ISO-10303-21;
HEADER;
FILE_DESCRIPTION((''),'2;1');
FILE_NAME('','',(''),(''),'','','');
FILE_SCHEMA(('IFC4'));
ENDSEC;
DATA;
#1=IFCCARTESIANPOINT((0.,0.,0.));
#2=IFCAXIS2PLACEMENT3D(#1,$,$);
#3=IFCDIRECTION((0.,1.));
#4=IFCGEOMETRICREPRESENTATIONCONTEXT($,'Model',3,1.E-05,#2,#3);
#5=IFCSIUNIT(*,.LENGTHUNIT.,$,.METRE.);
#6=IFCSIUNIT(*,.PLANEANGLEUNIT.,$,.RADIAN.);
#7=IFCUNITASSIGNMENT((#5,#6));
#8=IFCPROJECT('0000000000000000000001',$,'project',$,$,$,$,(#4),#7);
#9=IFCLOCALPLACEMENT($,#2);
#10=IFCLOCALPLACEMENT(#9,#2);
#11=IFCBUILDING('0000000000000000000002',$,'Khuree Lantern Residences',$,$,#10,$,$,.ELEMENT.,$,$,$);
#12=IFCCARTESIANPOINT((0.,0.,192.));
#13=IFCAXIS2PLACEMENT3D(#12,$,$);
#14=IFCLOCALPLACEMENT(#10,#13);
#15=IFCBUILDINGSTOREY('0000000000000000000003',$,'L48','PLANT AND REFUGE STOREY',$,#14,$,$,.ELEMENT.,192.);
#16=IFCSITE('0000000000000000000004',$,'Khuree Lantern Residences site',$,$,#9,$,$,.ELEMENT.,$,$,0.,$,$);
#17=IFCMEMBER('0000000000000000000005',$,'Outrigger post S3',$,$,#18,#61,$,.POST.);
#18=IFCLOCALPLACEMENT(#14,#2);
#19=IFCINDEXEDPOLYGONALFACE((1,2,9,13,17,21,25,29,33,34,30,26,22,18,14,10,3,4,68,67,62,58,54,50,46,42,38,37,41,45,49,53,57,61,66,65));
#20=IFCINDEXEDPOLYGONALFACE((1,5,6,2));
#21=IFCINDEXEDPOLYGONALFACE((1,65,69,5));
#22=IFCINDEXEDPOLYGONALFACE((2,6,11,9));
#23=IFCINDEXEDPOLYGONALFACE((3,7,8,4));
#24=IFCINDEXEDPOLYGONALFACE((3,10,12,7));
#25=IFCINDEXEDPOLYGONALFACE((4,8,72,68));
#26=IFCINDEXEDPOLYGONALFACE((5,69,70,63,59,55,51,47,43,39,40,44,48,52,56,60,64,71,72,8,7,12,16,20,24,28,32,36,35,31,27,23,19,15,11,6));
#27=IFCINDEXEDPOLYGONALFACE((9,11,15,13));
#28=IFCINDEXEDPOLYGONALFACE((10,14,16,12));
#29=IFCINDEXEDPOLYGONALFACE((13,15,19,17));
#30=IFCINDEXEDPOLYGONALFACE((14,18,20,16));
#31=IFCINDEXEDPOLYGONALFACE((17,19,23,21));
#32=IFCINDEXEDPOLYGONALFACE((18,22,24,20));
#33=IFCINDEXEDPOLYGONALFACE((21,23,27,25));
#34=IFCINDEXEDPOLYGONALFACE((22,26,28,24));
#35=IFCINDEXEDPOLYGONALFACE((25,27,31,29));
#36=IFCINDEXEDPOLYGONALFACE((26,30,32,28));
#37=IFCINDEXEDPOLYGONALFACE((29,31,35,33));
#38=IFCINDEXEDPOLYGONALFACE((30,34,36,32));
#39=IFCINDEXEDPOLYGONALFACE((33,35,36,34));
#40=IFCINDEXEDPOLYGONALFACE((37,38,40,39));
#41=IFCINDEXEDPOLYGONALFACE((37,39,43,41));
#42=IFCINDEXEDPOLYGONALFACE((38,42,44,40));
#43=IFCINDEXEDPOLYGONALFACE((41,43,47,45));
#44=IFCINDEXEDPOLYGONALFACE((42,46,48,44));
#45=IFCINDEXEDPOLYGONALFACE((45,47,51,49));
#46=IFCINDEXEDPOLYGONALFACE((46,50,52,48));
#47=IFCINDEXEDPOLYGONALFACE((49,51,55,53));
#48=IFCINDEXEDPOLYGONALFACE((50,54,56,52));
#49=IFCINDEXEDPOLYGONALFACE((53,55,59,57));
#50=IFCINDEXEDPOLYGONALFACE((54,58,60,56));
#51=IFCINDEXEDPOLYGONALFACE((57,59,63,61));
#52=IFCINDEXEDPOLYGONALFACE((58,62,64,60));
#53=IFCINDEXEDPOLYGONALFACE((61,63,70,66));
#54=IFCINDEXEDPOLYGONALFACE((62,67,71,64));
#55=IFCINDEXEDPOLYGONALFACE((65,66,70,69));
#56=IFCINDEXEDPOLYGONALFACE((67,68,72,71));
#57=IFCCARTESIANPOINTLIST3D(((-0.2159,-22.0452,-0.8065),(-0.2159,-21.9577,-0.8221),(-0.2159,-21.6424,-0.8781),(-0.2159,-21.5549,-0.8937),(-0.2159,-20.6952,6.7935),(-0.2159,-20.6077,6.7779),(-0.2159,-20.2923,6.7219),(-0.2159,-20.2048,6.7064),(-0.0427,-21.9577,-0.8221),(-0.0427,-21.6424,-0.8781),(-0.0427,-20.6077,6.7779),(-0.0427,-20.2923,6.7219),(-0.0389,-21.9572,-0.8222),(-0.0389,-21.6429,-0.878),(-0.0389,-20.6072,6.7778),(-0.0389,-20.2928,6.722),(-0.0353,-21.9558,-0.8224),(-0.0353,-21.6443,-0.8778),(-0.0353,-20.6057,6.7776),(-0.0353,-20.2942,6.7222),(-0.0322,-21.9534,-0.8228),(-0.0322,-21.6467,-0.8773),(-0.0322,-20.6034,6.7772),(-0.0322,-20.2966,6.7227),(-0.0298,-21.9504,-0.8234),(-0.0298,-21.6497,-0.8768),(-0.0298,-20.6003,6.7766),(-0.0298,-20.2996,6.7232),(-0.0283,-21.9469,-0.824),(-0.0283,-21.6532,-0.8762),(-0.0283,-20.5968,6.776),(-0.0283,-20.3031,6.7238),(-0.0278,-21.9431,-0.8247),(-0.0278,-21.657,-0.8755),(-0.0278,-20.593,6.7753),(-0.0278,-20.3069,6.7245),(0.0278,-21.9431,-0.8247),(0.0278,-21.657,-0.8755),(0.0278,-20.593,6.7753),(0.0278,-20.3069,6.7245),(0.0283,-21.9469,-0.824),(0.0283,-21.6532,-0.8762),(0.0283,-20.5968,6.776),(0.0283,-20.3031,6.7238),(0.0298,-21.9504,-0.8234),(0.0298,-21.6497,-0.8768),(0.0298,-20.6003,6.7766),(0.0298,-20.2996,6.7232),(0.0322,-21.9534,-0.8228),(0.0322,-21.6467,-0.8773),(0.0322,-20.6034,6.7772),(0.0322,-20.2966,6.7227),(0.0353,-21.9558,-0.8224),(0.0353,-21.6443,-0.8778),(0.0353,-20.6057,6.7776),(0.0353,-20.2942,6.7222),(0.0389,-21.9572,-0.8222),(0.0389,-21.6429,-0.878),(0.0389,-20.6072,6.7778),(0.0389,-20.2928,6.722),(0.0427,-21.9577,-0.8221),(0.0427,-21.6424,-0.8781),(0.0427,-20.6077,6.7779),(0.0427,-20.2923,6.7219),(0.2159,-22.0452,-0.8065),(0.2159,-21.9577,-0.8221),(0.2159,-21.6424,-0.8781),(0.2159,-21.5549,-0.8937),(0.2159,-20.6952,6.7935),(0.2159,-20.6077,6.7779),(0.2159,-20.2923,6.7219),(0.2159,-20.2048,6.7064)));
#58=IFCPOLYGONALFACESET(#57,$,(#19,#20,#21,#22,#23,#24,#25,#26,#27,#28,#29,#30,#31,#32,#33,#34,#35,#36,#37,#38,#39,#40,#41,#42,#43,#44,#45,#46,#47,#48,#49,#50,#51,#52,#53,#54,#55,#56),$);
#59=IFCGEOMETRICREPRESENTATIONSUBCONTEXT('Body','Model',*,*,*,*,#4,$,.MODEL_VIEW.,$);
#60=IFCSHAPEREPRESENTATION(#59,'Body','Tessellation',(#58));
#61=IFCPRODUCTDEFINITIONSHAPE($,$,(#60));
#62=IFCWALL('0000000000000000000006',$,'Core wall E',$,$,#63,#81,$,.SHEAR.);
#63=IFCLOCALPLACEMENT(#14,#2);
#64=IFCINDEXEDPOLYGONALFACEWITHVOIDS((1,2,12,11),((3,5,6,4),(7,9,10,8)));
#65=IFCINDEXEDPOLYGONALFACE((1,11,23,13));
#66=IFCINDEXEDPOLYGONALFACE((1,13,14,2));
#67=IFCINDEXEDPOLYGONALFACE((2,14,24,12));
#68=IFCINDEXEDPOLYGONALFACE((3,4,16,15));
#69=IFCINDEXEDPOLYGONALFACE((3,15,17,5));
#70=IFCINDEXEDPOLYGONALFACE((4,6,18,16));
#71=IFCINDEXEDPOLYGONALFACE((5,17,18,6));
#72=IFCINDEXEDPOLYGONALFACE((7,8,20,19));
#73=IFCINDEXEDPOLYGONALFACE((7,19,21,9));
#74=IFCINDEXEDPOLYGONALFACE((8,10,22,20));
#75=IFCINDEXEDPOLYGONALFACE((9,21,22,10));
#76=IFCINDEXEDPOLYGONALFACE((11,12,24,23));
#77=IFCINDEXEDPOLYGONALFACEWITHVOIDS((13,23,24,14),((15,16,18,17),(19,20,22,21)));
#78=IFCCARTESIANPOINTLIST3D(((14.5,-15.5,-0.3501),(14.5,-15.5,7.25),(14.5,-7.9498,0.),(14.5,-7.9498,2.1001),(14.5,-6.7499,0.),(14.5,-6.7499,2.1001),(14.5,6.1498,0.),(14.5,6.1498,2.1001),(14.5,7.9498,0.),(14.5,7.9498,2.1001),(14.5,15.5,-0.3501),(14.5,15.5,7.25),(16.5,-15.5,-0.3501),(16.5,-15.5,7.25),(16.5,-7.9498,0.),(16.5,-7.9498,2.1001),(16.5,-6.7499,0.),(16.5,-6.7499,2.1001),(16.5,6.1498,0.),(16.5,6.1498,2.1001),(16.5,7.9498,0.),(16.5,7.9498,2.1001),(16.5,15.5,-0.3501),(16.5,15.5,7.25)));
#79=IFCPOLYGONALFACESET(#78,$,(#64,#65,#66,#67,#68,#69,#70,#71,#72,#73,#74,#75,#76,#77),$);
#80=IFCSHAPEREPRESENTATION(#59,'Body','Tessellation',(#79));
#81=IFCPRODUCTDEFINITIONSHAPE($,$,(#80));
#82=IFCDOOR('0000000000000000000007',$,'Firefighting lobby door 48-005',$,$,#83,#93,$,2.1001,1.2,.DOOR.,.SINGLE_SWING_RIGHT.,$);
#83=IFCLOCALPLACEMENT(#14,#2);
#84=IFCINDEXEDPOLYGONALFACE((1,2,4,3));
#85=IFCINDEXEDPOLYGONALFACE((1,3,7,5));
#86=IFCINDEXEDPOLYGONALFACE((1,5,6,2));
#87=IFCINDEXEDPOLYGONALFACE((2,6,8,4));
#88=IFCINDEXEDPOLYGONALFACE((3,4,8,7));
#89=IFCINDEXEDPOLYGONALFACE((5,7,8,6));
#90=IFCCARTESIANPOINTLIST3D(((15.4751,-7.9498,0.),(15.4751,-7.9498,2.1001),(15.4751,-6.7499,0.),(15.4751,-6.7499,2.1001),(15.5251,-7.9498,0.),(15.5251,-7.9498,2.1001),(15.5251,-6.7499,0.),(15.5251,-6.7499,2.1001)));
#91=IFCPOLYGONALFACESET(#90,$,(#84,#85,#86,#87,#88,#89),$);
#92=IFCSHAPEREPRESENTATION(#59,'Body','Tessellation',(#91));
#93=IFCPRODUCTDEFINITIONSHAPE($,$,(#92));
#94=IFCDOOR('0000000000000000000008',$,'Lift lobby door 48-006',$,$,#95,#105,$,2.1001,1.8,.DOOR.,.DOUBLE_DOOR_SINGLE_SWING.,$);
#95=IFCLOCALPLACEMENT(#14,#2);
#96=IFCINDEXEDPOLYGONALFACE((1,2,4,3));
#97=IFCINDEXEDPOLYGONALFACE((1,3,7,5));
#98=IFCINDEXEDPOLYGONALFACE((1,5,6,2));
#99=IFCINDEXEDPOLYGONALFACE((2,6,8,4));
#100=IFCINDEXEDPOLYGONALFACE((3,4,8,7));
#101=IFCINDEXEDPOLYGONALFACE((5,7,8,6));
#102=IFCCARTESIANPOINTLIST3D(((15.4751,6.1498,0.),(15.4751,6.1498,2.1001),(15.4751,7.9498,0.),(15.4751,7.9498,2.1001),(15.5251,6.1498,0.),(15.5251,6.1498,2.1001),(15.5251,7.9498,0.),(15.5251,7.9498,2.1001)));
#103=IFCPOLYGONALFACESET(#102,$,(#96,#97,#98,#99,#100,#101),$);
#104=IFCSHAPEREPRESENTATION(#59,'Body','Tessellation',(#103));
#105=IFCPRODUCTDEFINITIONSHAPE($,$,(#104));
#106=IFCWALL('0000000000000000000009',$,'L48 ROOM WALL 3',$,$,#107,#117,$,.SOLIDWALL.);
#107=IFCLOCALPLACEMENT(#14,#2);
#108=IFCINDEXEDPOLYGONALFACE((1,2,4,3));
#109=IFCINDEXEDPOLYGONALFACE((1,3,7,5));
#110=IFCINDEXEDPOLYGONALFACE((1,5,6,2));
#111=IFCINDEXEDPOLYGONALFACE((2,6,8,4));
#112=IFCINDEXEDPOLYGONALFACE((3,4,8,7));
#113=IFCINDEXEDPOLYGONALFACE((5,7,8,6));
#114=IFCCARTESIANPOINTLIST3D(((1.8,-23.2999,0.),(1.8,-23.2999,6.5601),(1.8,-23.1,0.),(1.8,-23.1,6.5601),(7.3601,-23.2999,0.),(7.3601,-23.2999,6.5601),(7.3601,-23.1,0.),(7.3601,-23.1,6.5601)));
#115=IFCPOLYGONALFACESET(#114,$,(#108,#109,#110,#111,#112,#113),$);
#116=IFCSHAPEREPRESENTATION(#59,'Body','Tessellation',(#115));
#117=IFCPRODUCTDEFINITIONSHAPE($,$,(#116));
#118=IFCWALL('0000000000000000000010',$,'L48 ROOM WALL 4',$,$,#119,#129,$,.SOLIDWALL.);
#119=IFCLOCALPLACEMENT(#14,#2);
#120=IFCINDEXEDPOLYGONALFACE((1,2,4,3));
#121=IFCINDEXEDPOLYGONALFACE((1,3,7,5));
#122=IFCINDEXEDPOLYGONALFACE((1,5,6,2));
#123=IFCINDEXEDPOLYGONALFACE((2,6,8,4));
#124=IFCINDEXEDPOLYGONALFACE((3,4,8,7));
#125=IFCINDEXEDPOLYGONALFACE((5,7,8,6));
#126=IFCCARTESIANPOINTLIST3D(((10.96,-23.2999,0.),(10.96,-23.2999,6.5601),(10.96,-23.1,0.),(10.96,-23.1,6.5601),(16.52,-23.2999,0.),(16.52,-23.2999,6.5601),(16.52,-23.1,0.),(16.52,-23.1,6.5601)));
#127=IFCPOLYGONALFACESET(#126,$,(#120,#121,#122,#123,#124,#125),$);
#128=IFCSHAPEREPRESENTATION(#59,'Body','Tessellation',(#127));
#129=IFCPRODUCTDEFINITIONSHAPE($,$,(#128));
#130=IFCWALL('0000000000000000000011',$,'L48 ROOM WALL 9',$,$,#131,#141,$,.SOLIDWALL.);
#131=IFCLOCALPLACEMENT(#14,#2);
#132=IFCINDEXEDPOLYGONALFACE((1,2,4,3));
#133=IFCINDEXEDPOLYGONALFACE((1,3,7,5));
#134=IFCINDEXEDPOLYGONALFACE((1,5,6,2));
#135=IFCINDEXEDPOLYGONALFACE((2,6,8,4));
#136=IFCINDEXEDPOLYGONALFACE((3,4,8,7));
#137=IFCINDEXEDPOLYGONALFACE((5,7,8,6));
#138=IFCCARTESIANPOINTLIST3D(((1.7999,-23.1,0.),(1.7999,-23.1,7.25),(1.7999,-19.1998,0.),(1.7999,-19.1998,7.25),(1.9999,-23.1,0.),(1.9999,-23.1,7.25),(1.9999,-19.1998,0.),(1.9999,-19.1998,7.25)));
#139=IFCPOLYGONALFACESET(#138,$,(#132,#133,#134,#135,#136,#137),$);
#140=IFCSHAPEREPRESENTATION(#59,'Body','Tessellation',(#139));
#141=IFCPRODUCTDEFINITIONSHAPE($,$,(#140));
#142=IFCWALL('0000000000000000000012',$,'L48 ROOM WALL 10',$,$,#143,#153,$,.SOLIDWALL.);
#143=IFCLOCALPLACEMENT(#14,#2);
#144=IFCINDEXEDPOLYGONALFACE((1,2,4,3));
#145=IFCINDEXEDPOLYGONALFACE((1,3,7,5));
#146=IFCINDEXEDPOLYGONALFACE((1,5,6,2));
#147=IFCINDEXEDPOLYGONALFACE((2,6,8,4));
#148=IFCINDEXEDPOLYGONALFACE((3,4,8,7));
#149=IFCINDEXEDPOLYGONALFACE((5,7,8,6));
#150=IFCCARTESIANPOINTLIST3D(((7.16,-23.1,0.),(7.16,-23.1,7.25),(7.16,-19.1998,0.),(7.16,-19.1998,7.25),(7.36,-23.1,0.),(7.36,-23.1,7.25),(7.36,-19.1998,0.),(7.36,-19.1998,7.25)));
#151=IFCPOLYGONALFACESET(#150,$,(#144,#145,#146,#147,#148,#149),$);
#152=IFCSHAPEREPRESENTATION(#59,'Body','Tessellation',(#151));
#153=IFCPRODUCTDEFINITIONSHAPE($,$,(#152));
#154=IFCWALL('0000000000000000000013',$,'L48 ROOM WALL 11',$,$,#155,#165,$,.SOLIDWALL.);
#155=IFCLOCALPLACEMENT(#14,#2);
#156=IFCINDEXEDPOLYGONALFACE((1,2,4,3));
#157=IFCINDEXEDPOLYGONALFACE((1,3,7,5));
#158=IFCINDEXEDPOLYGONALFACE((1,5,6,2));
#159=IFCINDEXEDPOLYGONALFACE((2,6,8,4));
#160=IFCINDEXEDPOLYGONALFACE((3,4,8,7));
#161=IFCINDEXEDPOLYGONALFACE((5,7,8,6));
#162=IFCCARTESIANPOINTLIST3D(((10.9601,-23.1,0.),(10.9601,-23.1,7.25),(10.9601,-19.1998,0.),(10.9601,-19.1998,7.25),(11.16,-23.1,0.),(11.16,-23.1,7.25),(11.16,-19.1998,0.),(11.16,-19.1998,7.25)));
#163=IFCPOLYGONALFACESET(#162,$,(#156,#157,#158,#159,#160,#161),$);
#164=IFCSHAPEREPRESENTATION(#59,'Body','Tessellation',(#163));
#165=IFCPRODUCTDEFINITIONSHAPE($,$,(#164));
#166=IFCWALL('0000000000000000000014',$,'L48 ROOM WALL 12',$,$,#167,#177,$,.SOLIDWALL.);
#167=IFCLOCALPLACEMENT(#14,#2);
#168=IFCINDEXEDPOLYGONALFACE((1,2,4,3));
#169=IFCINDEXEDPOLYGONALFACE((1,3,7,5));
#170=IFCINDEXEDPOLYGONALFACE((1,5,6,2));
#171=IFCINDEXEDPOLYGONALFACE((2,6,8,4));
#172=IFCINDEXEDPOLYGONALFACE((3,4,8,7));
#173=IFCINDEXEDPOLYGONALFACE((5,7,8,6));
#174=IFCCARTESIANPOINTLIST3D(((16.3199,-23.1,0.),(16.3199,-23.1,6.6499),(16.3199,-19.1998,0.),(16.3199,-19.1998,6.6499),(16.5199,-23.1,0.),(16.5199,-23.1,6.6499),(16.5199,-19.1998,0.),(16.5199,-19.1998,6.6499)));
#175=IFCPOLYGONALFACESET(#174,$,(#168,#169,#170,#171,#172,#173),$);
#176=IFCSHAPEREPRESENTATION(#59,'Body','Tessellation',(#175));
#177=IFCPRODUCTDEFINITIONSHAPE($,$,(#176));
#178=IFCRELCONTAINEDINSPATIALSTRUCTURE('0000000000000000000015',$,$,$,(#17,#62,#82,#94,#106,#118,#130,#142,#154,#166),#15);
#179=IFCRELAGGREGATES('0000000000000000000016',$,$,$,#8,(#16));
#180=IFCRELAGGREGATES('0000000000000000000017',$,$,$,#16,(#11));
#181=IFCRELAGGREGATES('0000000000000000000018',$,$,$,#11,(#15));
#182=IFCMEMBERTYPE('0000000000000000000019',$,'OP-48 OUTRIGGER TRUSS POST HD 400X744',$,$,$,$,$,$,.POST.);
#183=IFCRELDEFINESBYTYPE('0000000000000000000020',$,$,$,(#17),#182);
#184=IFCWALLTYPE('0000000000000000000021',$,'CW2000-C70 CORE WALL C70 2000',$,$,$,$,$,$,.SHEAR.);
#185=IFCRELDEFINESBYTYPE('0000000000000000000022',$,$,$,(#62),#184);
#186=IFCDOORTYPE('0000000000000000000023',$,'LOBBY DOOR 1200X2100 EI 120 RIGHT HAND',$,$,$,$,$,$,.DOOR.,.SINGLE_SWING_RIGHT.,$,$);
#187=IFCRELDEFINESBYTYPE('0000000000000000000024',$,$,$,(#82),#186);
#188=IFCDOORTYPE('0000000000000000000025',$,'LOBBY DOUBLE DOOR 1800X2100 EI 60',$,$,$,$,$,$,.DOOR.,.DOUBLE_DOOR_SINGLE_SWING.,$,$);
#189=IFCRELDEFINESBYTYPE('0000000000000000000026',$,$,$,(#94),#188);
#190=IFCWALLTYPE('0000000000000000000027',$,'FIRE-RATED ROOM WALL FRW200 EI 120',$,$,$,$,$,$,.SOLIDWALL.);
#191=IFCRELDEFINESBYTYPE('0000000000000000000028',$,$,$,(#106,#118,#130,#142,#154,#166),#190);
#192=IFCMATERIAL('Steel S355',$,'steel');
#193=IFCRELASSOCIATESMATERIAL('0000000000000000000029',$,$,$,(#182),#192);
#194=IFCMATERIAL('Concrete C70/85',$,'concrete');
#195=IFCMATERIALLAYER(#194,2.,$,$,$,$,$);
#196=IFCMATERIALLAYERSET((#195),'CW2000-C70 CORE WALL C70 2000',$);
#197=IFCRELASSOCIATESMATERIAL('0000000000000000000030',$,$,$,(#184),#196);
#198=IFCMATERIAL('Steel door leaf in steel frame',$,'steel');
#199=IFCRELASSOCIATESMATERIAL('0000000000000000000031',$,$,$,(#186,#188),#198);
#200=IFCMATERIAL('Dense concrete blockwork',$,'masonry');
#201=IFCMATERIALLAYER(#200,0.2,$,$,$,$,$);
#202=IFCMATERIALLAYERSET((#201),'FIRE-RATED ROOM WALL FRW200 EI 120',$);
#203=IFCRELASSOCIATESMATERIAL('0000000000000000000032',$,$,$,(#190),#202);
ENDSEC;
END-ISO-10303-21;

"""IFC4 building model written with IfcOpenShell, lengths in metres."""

from ifc_helpers import new_model, si_unit, direction, frame, frame_2d, origin, origin_2d, place, context, subcontext, project, spatial, rectangle, i_section, extrude, material, layer, layer_set, material_profile, profile_set, type_object, element, fill, save


model = new_model("IFC4")

# Units and contexts
model_context = context("Model", 3, precision=1e-05, world=origin(), true_north=direction((0.0, 1.0)))
body_context = subcontext(model_context, "Body", "Model", "MODEL_VIEW")
ifc_project = project(units=[si_unit("LENGTHUNIT", "METRE"), si_unit("PLANEANGLEUNIT", "RADIAN")], contexts=[model_context])

# Site, building, storey
site_placement = place(None, origin())
site = spatial("IfcSite", under=ifc_project, at=site_placement, Name="Khuree Lantern Residences site", CompositionType="ELEMENT", RefElevation=0.0)
building_placement = place(site_placement, origin())
building = spatial("IfcBuilding", under=site, at=building_placement, Name="Khuree Lantern Residences", CompositionType="ELEMENT")
storey_placement = place(building_placement, frame((0.0, 0.0, 192.0)))
storey = spatial("IfcBuildingStorey", under=building, at=storey_placement, Name="L48", Description="PLANT AND REFUGE STOREY", CompositionType="ELEMENT", Elevation=192.0)

# Shared definitions
ifc_material_1 = material(Name="Concrete C70/85", Category="concrete")

# Member
ifc_material_2 = material(Name="Steel S355", Category="steel")
ifc_material_profile_1 = material_profile(ifc_material_2, i_section(OverallWidth=0.4319, OverallDepth=0.498, WebThickness=0.0557, FlangeThickness=0.0889, FilletRadius=0.0149, at=origin_2d()), Name="HD 400X744")
ifc_profile_set_1 = profile_set([ifc_material_profile_1], Name="Steel S355")
member_type_1 = type_object("IfcMemberType", Name="OP-48 OUTRIGGER TRUSS POST HD 400X744", PredefinedType="POST", material=ifc_profile_set_1)
member_1_placement = place(storey_placement, frame((0.0, -21.8, -0.8501), z_axis=(0.0, 0.174904, 0.984586), x_axis=(-1.0, 0.0, 0.0)))
element("IfcMember", 1, at=member_1_placement, inside=storey, type_object=member_type_1, Name="Outrigger post S3", PredefinedType="POST", context=body_context, shape_type="SweptSolid", body=[
    extrude(i_section(OverallWidth=0.4319, OverallDepth=0.498, WebThickness=0.0557, FlangeThickness=0.0889, FilletRadius=0.0149, at=origin_2d()), origin(), (0.0, 0.0, 1.0), 7.719),
])

# Wall, openings, doors
ifc_layer_1 = layer(ifc_material_1, 2.0)
ifc_layer_set_1 = layer_set([ifc_layer_1], Name="CW2000-C70 CORE WALL C70 2000")
wall_type_1 = type_object("IfcWallType", Name="CW2000-C70 CORE WALL C70 2000", PredefinedType="SHEAR", material=ifc_layer_set_1)
wall_1_placement = place(storey_placement, frame((15.5, -15.5, -0.3501), z_axis=(0.0, 0.0, 1.0), x_axis=(0.0, 1.0, 0.0)))
wall_1 = element("IfcWall", 2, at=wall_1_placement, inside=storey, type_object=wall_type_1, Name="Core wall E", PredefinedType="SHEAR", context=body_context, shape_type="SweptSolid", body=[
    extrude(rectangle(XDim=31.0, YDim=2.0, at=frame_2d((15.5, 0.0))), origin(), (0.0, 0.0, 1.0), 7.6001),
])
opening_1_placement = place(wall_1_placement, frame((7.55, 0.0, 0.3501)))
opening_1 = element("IfcOpeningElement", 3, at=opening_1_placement, cuts=wall_1, PredefinedType="OPENING", context=body_context, shape_type="SweptSolid", body=[
    extrude(rectangle(XDim=1.2, YDim=2.1001, at=frame_2d((0.6001, 1.05))), frame((0.0, 1.01, 0.0), z_axis=(0.0, -1.0, 0.0), x_axis=(1.0, 0.0, 0.0)), (0.0, 0.0, 1.0), 2.02),
])
opening_2_placement = place(wall_1_placement, frame((21.6499, 0.0, 0.3501)))
opening_2 = element("IfcOpeningElement", 4, at=opening_2_placement, cuts=wall_1, PredefinedType="OPENING", context=body_context, shape_type="SweptSolid", body=[
    extrude(rectangle(XDim=1.8, YDim=2.1001, at=frame_2d((0.8999, 1.05))), frame((0.0, 1.01, 0.0), z_axis=(0.0, -1.0, 0.0), x_axis=(1.0, 0.0, 0.0)), (0.0, 0.0, 1.0), 2.02),
])
ifc_material_3 = material(Name="Steel door leaf in steel frame", Category="steel")
door_type_1 = type_object("IfcDoorType", Name="LOBBY DOOR 1200X2100 EI 120 RIGHT HAND", OperationType="SINGLE_SWING_RIGHT", PredefinedType="DOOR", material=ifc_material_3)
door_1_placement = place(opening_1_placement, origin())
door_1 = element("IfcDoor", 5, at=door_1_placement, inside=storey, type_object=door_type_1, Name="Firefighting lobby door 48-005", OperationType="SINGLE_SWING_RIGHT", OverallHeight=2.1001, OverallWidth=1.2, PredefinedType="DOOR", context=body_context, shape_type="SweptSolid", body=[
    extrude(rectangle(XDim=1.2, YDim=2.1001, at=frame_2d((0.6001, 1.05))), frame((0.0, 0.0249, 0.0), z_axis=(0.0, -1.0, 0.0), x_axis=(1.0, 0.0, 0.0)), (0.0, 0.0, 1.0), 0.05),
])
fill(opening_1, door_1)
door_type_2 = type_object("IfcDoorType", Name="LOBBY DOUBLE DOOR 1800X2100 EI 60", OperationType="DOUBLE_DOOR_SINGLE_SWING", PredefinedType="DOOR", material=ifc_material_3)
door_2_placement = place(opening_2_placement, origin())
door_2 = element("IfcDoor", 6, at=door_2_placement, inside=storey, type_object=door_type_2, Name="Lift lobby door 48-006", OperationType="DOUBLE_DOOR_SINGLE_SWING", OverallHeight=2.1001, OverallWidth=1.8, PredefinedType="DOOR", context=body_context, shape_type="SweptSolid", body=[
    extrude(rectangle(XDim=1.8, YDim=2.1001, at=frame_2d((0.8999, 1.05))), frame((0.0, 0.0249, 0.0), z_axis=(0.0, -1.0, 0.0), x_axis=(1.0, 0.0, 0.0)), (0.0, 0.0, 1.0), 0.05),
])
fill(opening_2, door_2)

# Walls
ifc_material_4 = material(Name="Dense concrete blockwork", Category="masonry")
ifc_layer_2 = layer(ifc_material_4, 0.2)
ifc_layer_set_2 = layer_set([ifc_layer_2], Name="FIRE-RATED ROOM WALL FRW200 EI 120")
wall_type_2 = type_object("IfcWallType", Name="FIRE-RATED ROOM WALL FRW200 EI 120", PredefinedType="SOLIDWALL", material=ifc_layer_set_2)
for number, where, z_axis, x_axis, name in (
    (7, (1.8, -23.2, 0.0), (0.0, 0.0, 1.0), (1.0, 0.0, 0.0), "L48 ROOM WALL 3"),
    (8, (10.96, -23.2, 0.0), (0.0, 0.0, 1.0), (1.0, 0.0, 0.0), "L48 ROOM WALL 4"),
):
    element("IfcWall", number, at=place(storey_placement, frame(where, z_axis=z_axis, x_axis=x_axis)), inside=storey, type_object=wall_type_2, Name=name, PredefinedType="SOLIDWALL", context=body_context, shape_type="SweptSolid", body=[
        extrude(rectangle(XDim=5.5601, YDim=0.2, at=frame_2d((2.78, 0.0))), origin(), (0.0, 0.0, 1.0), 6.5601),
    ])
for number, where, z_axis, x_axis, name in (
    (9, (1.8999, -23.1001, 0.0), (0.0, 0.0, 1.0), (0.0, 1.0, 0.0), "L48 ROOM WALL 9"),
    (10, (7.26, -23.1001, 0.0), (0.0, 0.0, 1.0), (0.0, 1.0, 0.0), "L48 ROOM WALL 10"),
    (11, (11.0601, -23.1001, 0.0), (0.0, 0.0, 1.0), (0.0, 1.0, 0.0), "L48 ROOM WALL 11"),
):
    element("IfcWall", number, at=place(storey_placement, frame(where, z_axis=z_axis, x_axis=x_axis)), inside=storey, type_object=wall_type_2, Name=name, PredefinedType="SOLIDWALL", context=body_context, shape_type="SweptSolid", body=[
        extrude(rectangle(XDim=3.9001, YDim=0.2, at=frame_2d((1.9502, 0.0))), origin(), (0.0, 0.0, 1.0), 7.25),
    ])
wall_2_placement = place(storey_placement, frame((16.4199, -23.1001, 0.0), z_axis=(0.0, 0.0, 1.0), x_axis=(0.0, 1.0, 0.0)))
element("IfcWall", 12, at=wall_2_placement, inside=storey, type_object=wall_type_2, Name="L48 ROOM WALL 12", PredefinedType="SOLIDWALL", context=body_context, shape_type="SweptSolid", body=[
    extrude(rectangle(XDim=3.9001, YDim=0.2, at=frame_2d((1.9502, 0.0))), origin(), (0.0, 0.0, 1.0), 6.6499),
])

save(model, "model.ifc")
